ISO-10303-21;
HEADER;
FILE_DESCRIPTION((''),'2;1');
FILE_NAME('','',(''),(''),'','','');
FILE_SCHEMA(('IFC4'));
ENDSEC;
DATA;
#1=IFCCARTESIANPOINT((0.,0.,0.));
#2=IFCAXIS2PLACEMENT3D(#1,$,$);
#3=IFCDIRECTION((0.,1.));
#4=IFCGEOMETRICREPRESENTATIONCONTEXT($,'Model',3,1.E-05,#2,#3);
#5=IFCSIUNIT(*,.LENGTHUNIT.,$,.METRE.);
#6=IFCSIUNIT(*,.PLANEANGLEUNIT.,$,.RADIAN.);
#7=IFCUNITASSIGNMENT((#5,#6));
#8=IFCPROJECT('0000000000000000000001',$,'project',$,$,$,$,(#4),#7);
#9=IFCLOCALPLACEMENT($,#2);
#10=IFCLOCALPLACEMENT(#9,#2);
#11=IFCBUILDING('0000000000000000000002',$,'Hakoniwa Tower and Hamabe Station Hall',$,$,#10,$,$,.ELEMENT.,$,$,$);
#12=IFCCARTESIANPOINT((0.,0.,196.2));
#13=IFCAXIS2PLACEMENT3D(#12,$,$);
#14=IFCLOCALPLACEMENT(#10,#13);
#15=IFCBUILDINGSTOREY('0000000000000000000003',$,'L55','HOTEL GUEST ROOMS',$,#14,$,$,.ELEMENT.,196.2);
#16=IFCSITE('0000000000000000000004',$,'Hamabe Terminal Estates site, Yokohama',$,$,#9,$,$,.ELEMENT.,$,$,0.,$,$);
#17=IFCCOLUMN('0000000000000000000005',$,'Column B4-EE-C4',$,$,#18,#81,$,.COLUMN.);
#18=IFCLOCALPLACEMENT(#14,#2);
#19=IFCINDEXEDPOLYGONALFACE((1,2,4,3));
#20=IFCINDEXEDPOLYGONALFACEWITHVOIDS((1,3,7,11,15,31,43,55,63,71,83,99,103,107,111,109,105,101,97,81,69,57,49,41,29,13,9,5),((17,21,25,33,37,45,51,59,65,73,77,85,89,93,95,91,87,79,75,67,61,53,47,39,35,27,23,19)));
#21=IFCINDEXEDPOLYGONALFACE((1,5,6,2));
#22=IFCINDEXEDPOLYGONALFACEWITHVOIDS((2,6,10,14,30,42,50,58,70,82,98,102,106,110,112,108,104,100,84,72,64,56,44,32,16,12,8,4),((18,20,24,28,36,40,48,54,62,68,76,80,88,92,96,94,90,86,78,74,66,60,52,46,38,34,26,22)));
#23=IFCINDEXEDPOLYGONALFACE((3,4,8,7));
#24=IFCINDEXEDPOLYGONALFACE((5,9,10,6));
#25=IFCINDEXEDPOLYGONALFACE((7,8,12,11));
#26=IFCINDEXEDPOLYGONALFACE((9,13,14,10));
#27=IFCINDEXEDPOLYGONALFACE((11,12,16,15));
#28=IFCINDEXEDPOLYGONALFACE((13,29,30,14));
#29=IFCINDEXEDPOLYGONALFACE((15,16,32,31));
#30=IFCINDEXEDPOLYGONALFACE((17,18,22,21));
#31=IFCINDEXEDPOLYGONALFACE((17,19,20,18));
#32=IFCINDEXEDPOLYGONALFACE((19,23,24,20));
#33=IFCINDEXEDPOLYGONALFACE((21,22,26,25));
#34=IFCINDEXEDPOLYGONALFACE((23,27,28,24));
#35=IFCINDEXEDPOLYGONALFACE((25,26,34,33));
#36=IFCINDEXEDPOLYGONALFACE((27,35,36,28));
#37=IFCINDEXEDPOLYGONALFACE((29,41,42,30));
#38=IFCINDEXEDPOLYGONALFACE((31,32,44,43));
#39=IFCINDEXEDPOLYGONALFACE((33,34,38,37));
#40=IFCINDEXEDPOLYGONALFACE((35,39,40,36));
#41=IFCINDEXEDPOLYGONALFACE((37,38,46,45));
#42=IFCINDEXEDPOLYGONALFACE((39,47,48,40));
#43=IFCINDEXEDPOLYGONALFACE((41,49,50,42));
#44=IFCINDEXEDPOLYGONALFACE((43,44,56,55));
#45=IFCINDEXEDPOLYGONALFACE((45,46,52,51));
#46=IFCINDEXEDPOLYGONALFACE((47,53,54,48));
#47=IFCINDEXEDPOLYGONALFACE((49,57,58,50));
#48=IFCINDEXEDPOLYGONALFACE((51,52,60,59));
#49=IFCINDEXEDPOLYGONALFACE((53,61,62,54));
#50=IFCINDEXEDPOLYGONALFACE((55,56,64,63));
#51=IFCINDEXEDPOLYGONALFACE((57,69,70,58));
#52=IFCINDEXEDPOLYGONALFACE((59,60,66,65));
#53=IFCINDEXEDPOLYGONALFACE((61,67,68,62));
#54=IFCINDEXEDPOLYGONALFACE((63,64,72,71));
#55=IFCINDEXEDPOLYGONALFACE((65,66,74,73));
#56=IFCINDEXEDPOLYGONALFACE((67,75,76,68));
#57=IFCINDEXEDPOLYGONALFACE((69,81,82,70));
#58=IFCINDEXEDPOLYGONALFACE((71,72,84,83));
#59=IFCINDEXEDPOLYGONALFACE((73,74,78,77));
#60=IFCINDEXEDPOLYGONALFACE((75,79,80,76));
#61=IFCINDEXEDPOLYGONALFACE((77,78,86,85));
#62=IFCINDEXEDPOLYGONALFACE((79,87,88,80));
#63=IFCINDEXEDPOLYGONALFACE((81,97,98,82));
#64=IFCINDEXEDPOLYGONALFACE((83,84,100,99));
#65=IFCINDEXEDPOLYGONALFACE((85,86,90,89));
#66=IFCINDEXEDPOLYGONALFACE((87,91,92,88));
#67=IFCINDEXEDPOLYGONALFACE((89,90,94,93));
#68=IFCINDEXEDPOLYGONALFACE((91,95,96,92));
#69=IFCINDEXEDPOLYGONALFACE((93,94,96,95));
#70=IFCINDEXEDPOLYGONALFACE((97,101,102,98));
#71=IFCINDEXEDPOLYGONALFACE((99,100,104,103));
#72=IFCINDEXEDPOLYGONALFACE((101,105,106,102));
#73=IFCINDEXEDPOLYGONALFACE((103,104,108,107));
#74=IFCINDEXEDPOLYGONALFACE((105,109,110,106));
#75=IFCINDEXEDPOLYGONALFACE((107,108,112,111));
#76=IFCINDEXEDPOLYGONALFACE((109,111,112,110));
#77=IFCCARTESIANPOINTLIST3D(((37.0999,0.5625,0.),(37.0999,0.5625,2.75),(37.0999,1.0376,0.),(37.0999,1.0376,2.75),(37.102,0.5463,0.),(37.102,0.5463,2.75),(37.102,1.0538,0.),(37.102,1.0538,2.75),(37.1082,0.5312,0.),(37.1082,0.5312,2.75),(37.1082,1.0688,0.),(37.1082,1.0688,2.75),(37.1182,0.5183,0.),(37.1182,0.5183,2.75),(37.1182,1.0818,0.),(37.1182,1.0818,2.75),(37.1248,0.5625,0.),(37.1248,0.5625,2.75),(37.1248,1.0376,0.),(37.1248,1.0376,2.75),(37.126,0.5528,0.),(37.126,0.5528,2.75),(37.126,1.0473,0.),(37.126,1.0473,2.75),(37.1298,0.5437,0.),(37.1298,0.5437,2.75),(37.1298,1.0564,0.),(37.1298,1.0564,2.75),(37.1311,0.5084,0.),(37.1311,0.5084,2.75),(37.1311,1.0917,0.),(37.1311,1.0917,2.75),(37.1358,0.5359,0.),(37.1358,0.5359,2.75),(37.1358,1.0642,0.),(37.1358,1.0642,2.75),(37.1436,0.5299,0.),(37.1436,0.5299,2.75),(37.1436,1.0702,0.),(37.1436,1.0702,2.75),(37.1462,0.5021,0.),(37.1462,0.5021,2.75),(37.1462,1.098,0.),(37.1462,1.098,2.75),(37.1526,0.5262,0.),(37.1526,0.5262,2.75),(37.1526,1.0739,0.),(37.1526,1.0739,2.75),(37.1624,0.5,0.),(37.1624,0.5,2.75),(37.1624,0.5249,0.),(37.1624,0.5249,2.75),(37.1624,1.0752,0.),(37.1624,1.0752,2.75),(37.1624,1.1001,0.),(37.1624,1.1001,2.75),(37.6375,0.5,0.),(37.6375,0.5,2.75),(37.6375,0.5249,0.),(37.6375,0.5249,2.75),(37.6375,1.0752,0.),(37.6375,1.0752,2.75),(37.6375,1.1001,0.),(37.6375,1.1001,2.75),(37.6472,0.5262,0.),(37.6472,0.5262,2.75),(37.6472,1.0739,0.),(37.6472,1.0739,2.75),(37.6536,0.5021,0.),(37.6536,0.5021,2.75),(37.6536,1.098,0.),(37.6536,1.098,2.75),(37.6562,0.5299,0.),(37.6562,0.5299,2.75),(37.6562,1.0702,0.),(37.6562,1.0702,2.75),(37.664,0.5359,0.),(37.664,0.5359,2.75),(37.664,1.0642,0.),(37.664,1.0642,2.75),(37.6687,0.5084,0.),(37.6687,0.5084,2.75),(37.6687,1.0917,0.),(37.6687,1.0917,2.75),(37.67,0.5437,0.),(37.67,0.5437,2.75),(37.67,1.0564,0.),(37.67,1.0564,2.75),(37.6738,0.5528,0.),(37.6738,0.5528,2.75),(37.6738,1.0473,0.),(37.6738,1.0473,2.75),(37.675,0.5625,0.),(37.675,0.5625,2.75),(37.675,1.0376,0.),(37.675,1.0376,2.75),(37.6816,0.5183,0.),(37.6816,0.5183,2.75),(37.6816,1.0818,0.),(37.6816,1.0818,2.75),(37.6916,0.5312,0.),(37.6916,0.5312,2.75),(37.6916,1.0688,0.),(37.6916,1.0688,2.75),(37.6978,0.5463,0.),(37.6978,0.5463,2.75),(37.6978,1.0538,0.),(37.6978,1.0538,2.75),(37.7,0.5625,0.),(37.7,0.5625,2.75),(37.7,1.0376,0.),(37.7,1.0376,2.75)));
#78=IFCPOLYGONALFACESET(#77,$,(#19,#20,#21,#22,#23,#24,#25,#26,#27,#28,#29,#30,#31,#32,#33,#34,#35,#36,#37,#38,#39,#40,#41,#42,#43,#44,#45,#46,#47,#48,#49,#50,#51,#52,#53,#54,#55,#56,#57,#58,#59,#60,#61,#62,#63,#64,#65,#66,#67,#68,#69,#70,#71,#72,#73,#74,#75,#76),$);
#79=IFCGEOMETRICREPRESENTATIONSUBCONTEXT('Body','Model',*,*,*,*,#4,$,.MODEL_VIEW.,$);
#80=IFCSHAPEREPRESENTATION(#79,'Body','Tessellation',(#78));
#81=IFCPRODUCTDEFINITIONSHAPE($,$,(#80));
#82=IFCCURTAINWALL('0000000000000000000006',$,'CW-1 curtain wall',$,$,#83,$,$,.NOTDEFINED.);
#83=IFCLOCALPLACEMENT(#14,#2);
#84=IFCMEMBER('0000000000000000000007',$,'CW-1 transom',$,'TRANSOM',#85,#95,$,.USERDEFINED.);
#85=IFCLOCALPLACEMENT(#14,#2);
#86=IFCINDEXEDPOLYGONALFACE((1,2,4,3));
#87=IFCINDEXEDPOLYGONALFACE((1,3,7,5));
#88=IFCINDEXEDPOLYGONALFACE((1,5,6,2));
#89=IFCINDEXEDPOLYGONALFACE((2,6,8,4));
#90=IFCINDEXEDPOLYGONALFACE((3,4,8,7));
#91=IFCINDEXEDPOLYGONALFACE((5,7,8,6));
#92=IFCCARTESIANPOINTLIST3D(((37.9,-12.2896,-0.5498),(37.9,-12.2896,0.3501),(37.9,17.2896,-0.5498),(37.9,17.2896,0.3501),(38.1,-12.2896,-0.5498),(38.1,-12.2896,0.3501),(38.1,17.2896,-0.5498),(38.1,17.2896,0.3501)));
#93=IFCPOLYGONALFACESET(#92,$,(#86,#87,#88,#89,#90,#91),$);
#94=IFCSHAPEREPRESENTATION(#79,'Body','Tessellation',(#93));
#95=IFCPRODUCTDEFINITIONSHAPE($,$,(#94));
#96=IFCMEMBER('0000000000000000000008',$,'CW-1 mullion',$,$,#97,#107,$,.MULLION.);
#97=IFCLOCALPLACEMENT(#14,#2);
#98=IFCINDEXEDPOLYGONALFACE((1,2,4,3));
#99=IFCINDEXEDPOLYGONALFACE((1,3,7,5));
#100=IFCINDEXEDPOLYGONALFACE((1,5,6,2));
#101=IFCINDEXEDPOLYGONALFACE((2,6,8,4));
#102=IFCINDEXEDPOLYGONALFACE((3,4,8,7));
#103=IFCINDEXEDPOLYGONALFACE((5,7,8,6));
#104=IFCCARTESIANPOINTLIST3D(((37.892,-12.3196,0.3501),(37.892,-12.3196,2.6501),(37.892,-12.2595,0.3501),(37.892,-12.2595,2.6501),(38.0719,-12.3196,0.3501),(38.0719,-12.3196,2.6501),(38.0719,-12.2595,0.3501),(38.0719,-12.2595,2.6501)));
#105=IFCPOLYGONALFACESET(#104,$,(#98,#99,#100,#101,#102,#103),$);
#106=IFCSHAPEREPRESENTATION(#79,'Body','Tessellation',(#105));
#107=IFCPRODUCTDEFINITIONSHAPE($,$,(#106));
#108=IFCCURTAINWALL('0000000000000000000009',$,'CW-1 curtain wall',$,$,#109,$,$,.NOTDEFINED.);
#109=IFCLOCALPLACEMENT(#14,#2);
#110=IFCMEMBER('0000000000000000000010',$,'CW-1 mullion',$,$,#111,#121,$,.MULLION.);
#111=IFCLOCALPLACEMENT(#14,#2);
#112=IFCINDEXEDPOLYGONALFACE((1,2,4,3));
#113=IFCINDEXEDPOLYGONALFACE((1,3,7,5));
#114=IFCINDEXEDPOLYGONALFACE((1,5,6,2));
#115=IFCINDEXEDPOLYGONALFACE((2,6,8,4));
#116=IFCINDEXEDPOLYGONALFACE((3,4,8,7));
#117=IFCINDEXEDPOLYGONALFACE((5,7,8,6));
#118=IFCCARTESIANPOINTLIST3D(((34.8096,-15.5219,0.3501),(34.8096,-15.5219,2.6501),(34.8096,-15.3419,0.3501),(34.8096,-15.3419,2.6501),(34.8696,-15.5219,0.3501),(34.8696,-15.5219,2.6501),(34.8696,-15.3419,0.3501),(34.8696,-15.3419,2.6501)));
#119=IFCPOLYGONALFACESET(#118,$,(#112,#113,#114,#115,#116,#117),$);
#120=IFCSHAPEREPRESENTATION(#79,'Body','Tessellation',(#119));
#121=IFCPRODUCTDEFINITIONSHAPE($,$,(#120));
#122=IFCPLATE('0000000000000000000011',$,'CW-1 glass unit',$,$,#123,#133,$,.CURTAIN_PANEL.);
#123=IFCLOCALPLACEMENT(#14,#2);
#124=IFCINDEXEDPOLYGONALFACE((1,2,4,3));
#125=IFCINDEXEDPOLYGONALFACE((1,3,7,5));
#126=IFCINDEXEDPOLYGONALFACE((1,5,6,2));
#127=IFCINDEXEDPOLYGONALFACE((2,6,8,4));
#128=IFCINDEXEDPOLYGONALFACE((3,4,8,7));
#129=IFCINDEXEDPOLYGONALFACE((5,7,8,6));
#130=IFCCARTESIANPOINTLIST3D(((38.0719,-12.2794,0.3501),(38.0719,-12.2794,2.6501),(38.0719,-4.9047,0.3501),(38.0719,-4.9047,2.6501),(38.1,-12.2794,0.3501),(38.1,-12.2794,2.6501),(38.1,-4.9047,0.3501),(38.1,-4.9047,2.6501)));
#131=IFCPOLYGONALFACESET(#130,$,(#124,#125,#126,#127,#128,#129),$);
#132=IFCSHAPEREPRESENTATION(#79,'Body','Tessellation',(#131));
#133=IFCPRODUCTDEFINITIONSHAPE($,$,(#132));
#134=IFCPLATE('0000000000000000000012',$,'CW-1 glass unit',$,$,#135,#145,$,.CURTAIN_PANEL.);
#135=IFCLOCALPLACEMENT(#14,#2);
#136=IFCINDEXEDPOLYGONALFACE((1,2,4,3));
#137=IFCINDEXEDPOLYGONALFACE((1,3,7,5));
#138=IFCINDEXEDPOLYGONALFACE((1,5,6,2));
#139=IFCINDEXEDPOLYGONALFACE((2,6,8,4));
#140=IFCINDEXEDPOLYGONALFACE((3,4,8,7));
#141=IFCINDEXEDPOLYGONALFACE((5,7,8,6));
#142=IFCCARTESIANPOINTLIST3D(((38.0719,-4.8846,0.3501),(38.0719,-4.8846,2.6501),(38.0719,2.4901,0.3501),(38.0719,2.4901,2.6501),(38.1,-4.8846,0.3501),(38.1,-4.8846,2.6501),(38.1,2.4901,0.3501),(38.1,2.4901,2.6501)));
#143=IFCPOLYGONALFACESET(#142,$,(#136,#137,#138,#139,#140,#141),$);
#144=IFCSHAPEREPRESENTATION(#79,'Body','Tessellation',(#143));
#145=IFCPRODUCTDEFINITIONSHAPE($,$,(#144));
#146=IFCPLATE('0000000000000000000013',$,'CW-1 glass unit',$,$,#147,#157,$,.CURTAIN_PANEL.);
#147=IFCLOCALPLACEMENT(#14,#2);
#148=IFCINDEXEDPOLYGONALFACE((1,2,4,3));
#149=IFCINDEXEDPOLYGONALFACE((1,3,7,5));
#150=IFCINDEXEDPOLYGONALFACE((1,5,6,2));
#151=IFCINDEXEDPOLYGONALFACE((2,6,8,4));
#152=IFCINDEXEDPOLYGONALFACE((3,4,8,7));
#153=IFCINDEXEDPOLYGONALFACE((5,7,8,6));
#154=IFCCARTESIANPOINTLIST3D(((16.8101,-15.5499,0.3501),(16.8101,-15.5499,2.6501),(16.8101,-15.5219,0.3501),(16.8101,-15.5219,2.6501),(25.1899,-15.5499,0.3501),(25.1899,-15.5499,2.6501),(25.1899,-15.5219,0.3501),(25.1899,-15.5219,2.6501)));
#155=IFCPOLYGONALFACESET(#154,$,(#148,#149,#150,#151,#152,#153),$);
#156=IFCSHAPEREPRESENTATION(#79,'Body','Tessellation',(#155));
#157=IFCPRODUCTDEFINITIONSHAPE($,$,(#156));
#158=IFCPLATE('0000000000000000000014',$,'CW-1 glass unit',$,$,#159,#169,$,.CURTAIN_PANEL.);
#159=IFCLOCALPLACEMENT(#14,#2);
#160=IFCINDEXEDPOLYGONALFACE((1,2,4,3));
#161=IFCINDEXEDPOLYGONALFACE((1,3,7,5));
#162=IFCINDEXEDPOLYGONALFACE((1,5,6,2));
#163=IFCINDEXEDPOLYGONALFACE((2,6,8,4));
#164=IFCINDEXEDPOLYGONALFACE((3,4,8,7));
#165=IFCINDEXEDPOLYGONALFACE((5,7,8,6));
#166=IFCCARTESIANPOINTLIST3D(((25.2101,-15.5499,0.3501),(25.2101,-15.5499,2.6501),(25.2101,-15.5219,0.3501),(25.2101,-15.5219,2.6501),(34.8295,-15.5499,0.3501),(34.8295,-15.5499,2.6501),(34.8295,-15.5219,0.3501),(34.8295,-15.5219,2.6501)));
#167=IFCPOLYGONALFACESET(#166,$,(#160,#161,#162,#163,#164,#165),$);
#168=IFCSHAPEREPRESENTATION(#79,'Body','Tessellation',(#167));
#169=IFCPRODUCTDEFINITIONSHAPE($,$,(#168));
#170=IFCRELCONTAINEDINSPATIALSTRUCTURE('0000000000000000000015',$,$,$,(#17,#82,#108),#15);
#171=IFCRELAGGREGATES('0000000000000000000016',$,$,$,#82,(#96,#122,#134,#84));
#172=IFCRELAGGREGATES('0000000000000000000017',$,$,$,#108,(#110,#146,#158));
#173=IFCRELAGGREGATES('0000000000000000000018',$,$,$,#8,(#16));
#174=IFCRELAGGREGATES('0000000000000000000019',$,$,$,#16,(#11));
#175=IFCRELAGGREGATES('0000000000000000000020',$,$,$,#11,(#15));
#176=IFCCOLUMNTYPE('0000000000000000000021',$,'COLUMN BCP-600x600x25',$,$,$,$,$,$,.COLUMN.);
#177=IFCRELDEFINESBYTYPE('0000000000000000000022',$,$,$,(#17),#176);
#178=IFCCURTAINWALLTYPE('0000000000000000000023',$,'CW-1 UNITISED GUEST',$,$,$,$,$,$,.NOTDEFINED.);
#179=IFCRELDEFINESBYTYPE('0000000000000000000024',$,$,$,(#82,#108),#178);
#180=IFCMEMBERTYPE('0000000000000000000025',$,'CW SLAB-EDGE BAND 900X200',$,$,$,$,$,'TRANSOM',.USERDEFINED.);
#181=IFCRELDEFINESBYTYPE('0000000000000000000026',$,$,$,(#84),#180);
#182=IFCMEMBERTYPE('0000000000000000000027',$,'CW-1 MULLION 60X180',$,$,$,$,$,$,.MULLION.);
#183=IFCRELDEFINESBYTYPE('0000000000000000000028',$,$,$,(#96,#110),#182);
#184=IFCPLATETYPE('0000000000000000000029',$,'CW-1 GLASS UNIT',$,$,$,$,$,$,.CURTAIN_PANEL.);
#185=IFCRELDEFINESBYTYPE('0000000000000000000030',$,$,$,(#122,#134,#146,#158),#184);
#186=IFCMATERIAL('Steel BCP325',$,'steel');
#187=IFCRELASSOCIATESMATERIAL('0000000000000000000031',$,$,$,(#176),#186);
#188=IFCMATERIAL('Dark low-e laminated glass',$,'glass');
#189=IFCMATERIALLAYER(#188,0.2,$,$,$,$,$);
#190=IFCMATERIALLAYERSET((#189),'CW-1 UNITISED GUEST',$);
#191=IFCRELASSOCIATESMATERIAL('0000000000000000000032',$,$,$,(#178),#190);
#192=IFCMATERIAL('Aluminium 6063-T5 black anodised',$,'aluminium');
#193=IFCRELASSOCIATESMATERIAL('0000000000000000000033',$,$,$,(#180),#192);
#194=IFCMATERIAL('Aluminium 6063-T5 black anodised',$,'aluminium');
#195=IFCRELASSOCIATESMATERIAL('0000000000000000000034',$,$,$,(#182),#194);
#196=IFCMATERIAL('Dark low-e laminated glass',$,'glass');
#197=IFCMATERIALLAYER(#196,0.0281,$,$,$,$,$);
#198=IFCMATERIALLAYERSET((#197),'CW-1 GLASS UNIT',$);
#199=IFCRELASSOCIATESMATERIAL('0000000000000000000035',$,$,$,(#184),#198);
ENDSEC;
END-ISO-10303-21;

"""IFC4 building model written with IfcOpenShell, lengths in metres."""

from ifc_helpers import new_model, si_unit, direction, frame, origin, origin_2d, place, context, subcontext, project, spatial, rectangle, hollow_rectangle, extrude, material, layer, layer_set, material_profile, profile_set, type_object, element, aggregate, save


model = new_model("IFC4")

# Units and contexts
model_context = context("Model", 3, precision=1e-05, world=origin(), true_north=direction((0.0, 1.0)))
body_context = subcontext(model_context, "Body", "Model", "MODEL_VIEW")
ifc_project = project(units=[si_unit("LENGTHUNIT", "METRE"), si_unit("PLANEANGLEUNIT", "RADIAN")], contexts=[model_context])

# Site, building, storey
site_placement = place(None, origin())
site = spatial("IfcSite", under=ifc_project, at=site_placement, Name="Hamabe Terminal Estates site, Yokohama", CompositionType="ELEMENT", RefElevation=0.0)
building_placement = place(site_placement, origin())
building = spatial("IfcBuilding", under=site, at=building_placement, Name="Hakoniwa Tower and Hamabe Station Hall", CompositionType="ELEMENT")
storey_placement = place(building_placement, frame((0.0, 0.0, 196.2)))
storey = spatial("IfcBuildingStorey", under=building, at=storey_placement, Name="L55", Description="HOTEL GUEST ROOMS", CompositionType="ELEMENT", Elevation=196.2)

# Column
ifc_material_1 = material(Name="Steel BCP325", Category="steel")
ifc_material_profile_1 = material_profile(ifc_material_1, hollow_rectangle(XDim=0.6001, YDim=0.6001, WallThickness=0.0249, InnerFilletRadius=0.0376, OuterFilletRadius=0.0625, at=origin_2d()), Name="BCP-600x600x25")
ifc_profile_set_1 = profile_set([ifc_material_profile_1], Name="Steel BCP325")
column_type = type_object("IfcColumnType", Name="COLUMN BCP-600x600x25", PredefinedType="COLUMN", material=ifc_profile_set_1)
for number, where, z_axis, x_axis, name in (
    (1, (37.3999, 0.8, 0.0), (0.0, 0.0, 1.0), (1.0, 0.0, 0.0), "Column B4-EE-C4"),
):
    element("IfcColumn", number, at=place(storey_placement, frame(where, z_axis=z_axis, x_axis=x_axis)), inside=storey, type_object=column_type, Name=name, PredefinedType="COLUMN", context=body_context, shape_type="SweptSolid", body=[
        extrude(hollow_rectangle(XDim=0.6001, YDim=0.6001, WallThickness=0.0249, InnerFilletRadius=0.0376, OuterFilletRadius=0.0625, at=origin_2d()), origin(), (0.0, 0.0, 1.0), 2.75),
    ])

# Curtain wall, members
ifc_material_2 = material(Name="Dark low-e laminated glass", Category="glass")
ifc_layer_1 = layer(ifc_material_2, 0.2)
ifc_layer_set_1 = layer_set([ifc_layer_1], Name="CW-1 UNITISED GUEST")
curtain_wall_type = type_object("IfcCurtainWallType", Name="CW-1 UNITISED GUEST", PredefinedType="NOTDEFINED", material=ifc_layer_set_1)
curtain_wall_1_placement = place(storey_placement, origin())
curtain_wall_1 = element("IfcCurtainWall", 2, at=curtain_wall_1_placement, inside=storey, type_object=curtain_wall_type, Name="CW-1 curtain wall", PredefinedType="NOTDEFINED")
ifc_material_3 = material(Name="Aluminium 6063-T5 black anodised", Category="aluminium")
ifc_material_profile_2 = material_profile(ifc_material_3, rectangle(XDim=0.2, YDim=0.8999, at=origin_2d()), Name="CW SLAB-EDGE BAND 900X200")
ifc_profile_set_2 = profile_set([ifc_material_profile_2], Name="Aluminium 6063-T5 black anodised")
member_type_1 = type_object("IfcMemberType", Name="CW SLAB-EDGE BAND 900X200", ElementType="TRANSOM", PredefinedType="USERDEFINED", material=ifc_profile_set_2)
member_1_placement = place(storey_placement, frame((38.0, -12.2896, -0.0999), z_axis=(0.0, 1.0, 0.0), x_axis=(-1.0, 0.0, 0.0)))
member_1 = element("IfcMember", 3, at=member_1_placement, type_object=member_type_1, Name="CW-1 transom", ObjectType="TRANSOM", PredefinedType="USERDEFINED", context=body_context, shape_type="SweptSolid", body=[
    extrude(rectangle(XDim=0.2, YDim=0.8999, at=origin_2d()), origin(), (0.0, 0.0, 1.0), 29.5791),
])
ifc_material_4 = material(Name="Aluminium 6063-T5 black anodised", Category="aluminium")
ifc_material_profile_3 = material_profile(ifc_material_4, rectangle(XDim=0.0601, YDim=0.1799, at=origin_2d()), Name="CW-1 MULLION 60X180")
ifc_profile_set_3 = profile_set([ifc_material_profile_3], Name="Aluminium 6063-T5 black anodised")
member_type_2 = type_object("IfcMemberType", Name="CW-1 MULLION 60X180", PredefinedType="MULLION", material=ifc_profile_set_3)
member_2_placement = place(storey_placement, frame((37.9819, -12.2896, 0.3501), z_axis=(0.0, 0.0, 1.0), x_axis=(0.0, 1.0, 0.0)))
member_2 = element("IfcMember", 4, at=member_2_placement, type_object=member_type_2, Name="CW-1 mullion", PredefinedType="MULLION", context=body_context, shape_type="SweptSolid", body=[
    extrude(rectangle(XDim=0.0601, YDim=0.1799, at=origin_2d()), origin(), (0.0, 0.0, 1.0), 2.3),
])

# Curtain wall, member
curtain_wall_2_placement = place(storey_placement, origin())
curtain_wall_2 = element("IfcCurtainWall", 5, at=curtain_wall_2_placement, inside=storey, type_object=curtain_wall_type, Name="CW-1 curtain wall", PredefinedType="NOTDEFINED")
member_3_placement = place(storey_placement, frame((34.8396, -15.4319, 0.3501), z_axis=(0.0, 0.0, 1.0), x_axis=(1.0, 0.0, 0.0)))
member_3 = element("IfcMember", 6, at=member_3_placement, type_object=member_type_2, Name="CW-1 mullion", PredefinedType="MULLION", context=body_context, shape_type="SweptSolid", body=[
    extrude(rectangle(XDim=0.0601, YDim=0.1799, at=origin_2d()), origin(), (0.0, 0.0, 1.0), 2.3),
])

# Plates
ifc_material_5 = material(Name="Dark low-e laminated glass", Category="glass")
ifc_layer_2 = layer(ifc_material_5, 0.0281)
ifc_layer_set_2 = layer_set([ifc_layer_2], Name="CW-1 GLASS UNIT")
plate_type = type_object("IfcPlateType", Name="CW-1 GLASS UNIT", PredefinedType="CURTAIN_PANEL", material=ifc_layer_set_2)
plate_1_placement = place(storey_placement, frame((38.0859, -8.592, 0.3501), z_axis=(0.0, 0.0, 1.0), x_axis=(0.0, 1.0, 0.0)))
plate_1 = element("IfcPlate", 7, at=plate_1_placement, type_object=plate_type, Name="CW-1 glass unit", PredefinedType="CURTAIN_PANEL", context=body_context, shape_type="SweptSolid", body=[
    extrude(rectangle(XDim=7.3748, YDim=0.0281, at=origin_2d()), origin(), (0.0, 0.0, 1.0), 2.3),
])
plate_2_placement = place(storey_placement, frame((38.0859, -1.1973, 0.3501), z_axis=(0.0, 0.0, 1.0), x_axis=(0.0, 1.0, 0.0)))
plate_2 = element("IfcPlate", 8, at=plate_2_placement, type_object=plate_type, Name="CW-1 glass unit", PredefinedType="CURTAIN_PANEL", context=body_context, shape_type="SweptSolid", body=[
    extrude(rectangle(XDim=7.3748, YDim=0.0281, at=origin_2d()), origin(), (0.0, 0.0, 1.0), 2.3),
])
aggregate(curtain_wall_1, [member_2, plate_1, plate_2, member_1])
plate_3_placement = place(storey_placement, frame((21.0, -15.5359, 0.3501), z_axis=(0.0, 0.0, 1.0), x_axis=(1.0, 0.0, 0.0)))
plate_3 = element("IfcPlate", 9, at=plate_3_placement, type_object=plate_type, Name="CW-1 glass unit", PredefinedType="CURTAIN_PANEL", context=body_context, shape_type="SweptSolid", body=[
    extrude(rectangle(XDim=8.3799, YDim=0.0281, at=origin_2d()), origin(), (0.0, 0.0, 1.0), 2.3),
])
plate_4_placement = place(storey_placement, frame((30.0198, -15.5359, 0.3501), z_axis=(0.0, 0.0, 1.0), x_axis=(1.0, 0.0, 0.0)))
plate_4 = element("IfcPlate", 10, at=plate_4_placement, type_object=plate_type, Name="CW-1 glass unit", PredefinedType="CURTAIN_PANEL", context=body_context, shape_type="SweptSolid", body=[
    extrude(rectangle(XDim=9.6194, YDim=0.0281, at=origin_2d()), origin(), (0.0, 0.0, 1.0), 2.3),
])
aggregate(curtain_wall_2, [member_3, plate_3, plate_4])

save(model, "model.ifc")
